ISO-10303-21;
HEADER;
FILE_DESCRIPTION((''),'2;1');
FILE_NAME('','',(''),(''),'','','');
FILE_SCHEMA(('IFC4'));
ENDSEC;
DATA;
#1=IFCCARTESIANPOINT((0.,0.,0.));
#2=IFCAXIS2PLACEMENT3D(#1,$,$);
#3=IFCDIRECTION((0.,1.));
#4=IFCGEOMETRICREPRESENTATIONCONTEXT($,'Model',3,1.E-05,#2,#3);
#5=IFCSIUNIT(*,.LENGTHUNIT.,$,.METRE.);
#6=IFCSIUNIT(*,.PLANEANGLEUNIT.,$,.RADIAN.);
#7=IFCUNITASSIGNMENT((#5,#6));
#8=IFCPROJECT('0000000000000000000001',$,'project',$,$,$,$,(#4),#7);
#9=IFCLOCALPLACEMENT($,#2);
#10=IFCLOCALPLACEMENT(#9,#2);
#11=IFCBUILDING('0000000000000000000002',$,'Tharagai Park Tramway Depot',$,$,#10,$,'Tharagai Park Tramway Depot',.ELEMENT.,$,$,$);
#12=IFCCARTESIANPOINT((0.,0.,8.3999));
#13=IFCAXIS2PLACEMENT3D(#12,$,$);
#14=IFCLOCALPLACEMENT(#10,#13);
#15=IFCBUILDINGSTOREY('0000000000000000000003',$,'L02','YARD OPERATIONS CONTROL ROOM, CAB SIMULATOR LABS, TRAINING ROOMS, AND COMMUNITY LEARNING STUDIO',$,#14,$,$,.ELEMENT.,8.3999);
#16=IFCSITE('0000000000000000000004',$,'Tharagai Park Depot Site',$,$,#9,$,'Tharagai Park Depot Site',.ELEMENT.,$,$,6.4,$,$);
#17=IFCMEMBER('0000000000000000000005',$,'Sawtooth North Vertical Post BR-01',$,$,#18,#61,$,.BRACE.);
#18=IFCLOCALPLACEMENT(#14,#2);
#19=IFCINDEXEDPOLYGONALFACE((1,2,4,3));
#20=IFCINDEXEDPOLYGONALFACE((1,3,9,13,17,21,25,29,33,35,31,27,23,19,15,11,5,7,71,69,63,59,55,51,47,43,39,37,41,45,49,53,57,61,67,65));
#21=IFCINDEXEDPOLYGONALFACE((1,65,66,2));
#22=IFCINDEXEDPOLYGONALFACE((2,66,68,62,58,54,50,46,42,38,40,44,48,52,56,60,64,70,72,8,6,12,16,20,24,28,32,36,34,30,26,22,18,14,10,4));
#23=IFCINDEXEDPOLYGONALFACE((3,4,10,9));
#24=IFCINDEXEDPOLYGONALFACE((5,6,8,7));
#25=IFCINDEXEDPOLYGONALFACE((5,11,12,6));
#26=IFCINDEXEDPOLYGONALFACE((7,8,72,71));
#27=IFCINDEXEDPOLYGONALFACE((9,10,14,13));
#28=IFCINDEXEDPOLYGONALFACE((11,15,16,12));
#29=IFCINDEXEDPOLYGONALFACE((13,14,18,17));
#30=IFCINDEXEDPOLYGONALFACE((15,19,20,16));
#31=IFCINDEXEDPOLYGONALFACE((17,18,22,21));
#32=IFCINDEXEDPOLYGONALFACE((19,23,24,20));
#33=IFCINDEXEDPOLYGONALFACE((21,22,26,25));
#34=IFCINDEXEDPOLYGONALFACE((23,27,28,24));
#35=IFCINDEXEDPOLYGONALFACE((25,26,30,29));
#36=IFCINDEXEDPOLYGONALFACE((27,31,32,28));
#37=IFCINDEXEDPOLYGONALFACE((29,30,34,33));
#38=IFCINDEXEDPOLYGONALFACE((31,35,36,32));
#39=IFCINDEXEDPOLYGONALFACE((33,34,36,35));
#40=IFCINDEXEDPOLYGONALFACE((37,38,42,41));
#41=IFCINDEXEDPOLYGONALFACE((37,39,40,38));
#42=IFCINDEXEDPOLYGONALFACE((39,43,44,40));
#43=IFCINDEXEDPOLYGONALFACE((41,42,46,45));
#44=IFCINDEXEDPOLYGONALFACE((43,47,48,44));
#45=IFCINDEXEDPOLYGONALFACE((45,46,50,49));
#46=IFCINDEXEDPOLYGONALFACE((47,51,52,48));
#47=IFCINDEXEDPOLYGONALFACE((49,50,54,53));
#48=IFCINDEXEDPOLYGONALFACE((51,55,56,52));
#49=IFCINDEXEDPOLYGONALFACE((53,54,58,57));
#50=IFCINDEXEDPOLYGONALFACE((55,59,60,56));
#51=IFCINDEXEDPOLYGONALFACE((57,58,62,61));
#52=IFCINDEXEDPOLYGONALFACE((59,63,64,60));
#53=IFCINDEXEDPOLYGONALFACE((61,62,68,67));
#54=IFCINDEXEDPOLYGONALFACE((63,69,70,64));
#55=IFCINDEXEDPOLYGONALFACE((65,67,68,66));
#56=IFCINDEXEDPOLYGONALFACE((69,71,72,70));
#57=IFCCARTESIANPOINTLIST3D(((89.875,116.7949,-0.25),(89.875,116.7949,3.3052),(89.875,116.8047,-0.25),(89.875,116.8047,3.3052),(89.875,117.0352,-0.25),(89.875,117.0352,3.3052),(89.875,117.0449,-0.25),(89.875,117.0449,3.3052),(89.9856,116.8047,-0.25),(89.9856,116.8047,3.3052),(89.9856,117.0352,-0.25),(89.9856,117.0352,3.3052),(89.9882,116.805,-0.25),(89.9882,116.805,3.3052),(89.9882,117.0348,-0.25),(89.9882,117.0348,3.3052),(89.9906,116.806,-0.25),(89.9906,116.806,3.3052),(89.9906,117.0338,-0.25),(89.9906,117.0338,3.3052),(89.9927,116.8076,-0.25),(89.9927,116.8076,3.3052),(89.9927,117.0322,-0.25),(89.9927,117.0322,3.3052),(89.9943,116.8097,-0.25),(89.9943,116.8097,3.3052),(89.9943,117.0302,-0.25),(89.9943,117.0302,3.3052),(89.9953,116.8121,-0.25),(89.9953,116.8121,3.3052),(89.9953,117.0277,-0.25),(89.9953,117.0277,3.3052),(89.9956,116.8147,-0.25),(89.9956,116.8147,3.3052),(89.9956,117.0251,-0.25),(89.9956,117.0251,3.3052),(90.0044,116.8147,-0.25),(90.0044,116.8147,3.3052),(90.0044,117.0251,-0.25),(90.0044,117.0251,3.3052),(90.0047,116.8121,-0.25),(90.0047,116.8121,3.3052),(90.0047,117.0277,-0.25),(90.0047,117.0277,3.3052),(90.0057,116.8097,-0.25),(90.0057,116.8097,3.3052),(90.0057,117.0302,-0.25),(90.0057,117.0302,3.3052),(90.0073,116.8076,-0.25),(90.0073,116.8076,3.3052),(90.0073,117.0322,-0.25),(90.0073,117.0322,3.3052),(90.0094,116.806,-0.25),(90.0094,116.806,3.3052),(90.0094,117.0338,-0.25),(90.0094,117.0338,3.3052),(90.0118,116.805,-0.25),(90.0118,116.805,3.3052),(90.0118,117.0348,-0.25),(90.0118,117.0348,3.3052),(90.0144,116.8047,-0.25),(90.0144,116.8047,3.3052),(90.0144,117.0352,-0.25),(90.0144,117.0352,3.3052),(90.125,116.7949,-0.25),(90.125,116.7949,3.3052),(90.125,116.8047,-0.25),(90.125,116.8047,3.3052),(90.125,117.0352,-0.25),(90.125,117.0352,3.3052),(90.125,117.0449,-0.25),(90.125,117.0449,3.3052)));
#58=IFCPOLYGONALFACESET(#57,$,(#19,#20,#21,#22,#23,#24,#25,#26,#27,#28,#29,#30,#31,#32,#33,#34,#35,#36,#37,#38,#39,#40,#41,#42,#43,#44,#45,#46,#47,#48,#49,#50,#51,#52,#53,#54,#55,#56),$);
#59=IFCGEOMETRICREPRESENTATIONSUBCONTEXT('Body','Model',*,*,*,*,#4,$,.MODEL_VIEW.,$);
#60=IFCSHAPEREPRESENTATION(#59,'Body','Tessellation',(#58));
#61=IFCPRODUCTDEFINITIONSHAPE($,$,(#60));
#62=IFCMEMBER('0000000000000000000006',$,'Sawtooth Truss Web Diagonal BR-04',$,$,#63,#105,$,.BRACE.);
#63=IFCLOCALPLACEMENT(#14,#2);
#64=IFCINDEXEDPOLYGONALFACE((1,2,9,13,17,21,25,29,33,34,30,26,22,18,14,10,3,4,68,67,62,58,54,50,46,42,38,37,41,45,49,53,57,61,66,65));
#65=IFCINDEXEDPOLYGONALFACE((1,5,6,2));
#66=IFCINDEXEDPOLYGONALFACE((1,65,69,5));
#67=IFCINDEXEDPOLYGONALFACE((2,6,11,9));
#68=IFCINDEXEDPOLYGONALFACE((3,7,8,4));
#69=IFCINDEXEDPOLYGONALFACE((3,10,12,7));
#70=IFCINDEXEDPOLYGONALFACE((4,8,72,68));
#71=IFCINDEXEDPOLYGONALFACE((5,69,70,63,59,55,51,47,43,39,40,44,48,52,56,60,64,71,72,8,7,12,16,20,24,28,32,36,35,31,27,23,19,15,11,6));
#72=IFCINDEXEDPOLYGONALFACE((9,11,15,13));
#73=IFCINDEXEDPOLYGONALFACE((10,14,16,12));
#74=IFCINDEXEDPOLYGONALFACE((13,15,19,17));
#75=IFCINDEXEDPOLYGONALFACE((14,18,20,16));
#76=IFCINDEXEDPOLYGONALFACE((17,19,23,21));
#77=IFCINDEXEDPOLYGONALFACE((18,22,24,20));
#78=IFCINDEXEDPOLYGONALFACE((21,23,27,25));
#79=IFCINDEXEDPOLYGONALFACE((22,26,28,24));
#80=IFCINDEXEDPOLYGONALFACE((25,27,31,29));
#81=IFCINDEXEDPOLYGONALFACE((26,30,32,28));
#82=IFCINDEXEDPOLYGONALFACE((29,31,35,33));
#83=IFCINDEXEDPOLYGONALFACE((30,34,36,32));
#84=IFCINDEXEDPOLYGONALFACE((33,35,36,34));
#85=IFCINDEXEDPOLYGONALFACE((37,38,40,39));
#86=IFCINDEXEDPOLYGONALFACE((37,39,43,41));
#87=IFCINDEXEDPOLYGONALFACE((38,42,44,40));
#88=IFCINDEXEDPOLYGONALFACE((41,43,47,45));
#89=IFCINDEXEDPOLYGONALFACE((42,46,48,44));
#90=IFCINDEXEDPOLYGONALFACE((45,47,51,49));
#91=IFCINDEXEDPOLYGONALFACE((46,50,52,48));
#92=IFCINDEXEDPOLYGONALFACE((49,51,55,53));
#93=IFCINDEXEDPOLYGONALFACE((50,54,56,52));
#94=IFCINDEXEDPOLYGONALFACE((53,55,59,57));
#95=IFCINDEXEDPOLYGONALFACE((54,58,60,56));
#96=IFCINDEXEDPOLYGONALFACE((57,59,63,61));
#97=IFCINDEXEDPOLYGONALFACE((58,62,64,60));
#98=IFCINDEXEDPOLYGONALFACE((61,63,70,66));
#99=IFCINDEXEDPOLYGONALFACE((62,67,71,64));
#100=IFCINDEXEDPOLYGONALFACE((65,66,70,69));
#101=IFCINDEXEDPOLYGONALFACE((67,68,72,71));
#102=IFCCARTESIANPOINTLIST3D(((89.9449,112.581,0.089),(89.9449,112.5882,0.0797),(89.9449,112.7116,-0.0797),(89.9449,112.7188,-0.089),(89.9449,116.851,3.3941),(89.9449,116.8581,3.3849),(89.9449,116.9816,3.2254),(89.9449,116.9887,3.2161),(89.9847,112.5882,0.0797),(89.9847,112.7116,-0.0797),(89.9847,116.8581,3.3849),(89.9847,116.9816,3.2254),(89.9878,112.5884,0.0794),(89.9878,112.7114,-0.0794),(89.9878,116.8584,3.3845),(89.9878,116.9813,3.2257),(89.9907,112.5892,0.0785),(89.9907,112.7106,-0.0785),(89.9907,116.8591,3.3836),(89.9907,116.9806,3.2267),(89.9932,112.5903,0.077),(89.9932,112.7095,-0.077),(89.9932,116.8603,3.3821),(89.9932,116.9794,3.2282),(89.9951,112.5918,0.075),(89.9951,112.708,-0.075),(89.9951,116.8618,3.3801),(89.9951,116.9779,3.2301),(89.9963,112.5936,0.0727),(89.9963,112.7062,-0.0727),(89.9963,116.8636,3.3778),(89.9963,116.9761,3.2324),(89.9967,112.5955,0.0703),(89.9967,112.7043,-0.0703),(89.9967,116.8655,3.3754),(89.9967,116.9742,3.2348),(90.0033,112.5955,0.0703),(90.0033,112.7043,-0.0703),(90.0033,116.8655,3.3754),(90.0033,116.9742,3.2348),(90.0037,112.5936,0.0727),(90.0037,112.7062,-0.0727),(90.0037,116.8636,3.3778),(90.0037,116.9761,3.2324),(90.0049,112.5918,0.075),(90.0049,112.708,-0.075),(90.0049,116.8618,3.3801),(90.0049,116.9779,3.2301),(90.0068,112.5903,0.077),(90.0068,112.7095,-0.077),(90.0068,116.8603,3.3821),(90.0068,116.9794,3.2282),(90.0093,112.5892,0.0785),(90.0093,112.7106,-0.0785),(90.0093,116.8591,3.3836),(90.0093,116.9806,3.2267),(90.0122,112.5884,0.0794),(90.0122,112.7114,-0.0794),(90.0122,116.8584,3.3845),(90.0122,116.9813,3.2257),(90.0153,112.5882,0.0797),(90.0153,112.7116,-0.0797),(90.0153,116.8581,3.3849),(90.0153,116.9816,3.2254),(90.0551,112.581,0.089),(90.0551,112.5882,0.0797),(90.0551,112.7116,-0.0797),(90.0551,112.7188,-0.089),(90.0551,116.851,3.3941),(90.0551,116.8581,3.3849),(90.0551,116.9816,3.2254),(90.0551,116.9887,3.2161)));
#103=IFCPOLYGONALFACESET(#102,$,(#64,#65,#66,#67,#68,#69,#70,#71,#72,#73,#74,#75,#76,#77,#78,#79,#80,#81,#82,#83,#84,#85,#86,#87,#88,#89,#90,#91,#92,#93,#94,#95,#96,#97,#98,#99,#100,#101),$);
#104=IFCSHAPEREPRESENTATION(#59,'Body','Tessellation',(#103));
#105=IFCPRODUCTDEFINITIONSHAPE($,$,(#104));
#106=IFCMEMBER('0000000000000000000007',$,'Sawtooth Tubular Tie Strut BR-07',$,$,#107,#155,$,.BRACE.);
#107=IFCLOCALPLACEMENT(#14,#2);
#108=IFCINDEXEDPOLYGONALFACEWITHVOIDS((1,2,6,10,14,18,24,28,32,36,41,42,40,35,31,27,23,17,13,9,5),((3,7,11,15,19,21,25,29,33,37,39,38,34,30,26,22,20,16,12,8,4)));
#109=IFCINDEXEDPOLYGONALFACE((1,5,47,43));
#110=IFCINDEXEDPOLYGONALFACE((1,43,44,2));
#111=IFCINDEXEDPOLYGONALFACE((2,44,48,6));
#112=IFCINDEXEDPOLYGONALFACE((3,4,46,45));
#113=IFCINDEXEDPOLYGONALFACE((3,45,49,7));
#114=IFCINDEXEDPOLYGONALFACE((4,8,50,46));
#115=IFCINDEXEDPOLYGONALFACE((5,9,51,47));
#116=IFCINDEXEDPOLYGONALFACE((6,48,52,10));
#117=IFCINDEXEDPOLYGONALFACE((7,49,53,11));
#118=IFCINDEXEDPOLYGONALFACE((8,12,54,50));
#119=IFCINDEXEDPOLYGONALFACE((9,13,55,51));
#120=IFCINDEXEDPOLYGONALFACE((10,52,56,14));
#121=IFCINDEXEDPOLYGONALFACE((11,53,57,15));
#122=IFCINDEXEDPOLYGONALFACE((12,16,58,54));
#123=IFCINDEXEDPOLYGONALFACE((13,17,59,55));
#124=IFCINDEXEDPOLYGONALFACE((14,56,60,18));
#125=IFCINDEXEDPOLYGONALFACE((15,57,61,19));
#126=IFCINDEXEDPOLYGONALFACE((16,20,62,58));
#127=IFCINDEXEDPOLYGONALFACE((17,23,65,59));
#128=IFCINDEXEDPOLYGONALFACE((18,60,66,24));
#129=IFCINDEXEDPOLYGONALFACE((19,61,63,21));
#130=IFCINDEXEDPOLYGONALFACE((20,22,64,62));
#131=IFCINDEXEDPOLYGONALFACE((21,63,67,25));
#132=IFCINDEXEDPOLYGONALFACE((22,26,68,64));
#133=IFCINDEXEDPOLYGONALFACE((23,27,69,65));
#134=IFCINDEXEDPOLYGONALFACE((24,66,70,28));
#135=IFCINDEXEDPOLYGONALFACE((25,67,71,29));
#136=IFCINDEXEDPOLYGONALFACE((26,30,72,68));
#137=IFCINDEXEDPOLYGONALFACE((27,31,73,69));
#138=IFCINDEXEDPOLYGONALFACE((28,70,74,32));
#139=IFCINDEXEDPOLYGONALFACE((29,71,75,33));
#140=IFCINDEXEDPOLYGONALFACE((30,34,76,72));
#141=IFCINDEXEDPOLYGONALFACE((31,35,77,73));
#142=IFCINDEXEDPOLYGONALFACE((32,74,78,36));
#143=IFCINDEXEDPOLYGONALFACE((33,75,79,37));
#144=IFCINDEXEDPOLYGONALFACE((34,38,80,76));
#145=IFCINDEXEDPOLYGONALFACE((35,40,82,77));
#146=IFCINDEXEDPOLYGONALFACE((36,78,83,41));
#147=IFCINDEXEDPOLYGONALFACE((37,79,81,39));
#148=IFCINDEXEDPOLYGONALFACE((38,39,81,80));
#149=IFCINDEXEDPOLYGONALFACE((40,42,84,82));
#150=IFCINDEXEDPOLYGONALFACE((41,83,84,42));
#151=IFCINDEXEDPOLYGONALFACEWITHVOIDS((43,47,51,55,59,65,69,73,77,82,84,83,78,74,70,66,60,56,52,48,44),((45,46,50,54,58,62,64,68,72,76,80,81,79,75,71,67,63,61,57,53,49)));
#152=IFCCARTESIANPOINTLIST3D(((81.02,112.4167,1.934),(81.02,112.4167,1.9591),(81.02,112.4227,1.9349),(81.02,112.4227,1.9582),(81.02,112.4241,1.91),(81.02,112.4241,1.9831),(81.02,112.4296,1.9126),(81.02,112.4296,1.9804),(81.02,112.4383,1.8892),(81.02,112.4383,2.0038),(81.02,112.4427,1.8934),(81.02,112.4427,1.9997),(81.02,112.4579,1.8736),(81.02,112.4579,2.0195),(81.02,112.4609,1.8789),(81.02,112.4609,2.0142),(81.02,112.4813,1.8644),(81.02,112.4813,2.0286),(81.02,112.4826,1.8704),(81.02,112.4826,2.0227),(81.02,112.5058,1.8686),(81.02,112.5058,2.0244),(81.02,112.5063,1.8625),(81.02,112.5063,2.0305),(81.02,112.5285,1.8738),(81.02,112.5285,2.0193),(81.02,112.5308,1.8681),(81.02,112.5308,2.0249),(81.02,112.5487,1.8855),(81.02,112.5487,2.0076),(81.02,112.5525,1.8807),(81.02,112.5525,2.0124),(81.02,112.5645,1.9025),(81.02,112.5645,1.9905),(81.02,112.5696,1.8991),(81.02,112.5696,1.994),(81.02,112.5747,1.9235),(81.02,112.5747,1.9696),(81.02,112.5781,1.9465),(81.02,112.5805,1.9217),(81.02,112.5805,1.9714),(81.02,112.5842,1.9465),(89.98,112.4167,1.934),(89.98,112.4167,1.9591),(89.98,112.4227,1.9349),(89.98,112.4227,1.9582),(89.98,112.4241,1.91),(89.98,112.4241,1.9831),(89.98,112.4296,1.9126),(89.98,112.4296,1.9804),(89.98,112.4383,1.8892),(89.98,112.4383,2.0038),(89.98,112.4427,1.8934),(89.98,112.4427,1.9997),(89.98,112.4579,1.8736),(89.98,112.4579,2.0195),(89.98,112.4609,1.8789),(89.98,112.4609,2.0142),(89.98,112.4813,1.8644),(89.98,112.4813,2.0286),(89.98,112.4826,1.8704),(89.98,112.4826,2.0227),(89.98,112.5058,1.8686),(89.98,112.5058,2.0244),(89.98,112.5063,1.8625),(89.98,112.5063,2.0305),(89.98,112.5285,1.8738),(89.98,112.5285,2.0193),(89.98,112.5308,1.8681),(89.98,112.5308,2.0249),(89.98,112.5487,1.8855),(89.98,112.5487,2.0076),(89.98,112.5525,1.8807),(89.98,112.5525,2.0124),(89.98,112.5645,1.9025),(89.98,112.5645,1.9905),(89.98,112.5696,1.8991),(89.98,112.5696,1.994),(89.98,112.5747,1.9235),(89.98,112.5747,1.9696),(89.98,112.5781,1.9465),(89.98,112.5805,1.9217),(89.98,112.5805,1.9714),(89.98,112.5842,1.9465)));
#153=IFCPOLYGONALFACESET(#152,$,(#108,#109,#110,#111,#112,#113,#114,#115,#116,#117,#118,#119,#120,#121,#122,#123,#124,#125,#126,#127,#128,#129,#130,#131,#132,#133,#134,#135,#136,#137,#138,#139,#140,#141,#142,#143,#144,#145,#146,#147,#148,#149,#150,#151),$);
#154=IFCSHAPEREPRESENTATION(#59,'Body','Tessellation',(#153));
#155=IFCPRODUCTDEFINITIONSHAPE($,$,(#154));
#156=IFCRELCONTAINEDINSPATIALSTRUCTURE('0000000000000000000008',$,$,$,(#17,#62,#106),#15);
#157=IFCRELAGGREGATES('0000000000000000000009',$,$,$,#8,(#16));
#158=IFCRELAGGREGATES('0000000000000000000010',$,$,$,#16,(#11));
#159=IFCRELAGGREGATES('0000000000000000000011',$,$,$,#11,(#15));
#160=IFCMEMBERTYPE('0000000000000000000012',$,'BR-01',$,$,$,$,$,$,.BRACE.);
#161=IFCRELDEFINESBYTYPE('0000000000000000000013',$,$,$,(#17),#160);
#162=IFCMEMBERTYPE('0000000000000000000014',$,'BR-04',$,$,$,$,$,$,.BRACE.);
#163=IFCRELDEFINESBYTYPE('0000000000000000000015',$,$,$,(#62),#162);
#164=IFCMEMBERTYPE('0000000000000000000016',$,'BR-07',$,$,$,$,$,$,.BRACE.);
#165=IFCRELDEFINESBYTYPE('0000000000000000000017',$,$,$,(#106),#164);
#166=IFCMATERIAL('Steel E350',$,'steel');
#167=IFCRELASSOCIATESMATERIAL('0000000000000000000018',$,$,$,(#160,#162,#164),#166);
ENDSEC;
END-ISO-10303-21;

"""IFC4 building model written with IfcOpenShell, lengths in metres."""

from ifc_helpers import new_model, si_unit, direction, frame, origin, origin_2d, place, context, subcontext, project, spatial, hollow_circle, i_section, extrude, material, material_profile, profile_set, type_object, element, save


model = new_model("IFC4")

# Units and contexts
model_context = context("Model", 3, precision=1e-05, world=origin(), true_north=direction((0.0, 1.0)))
body_context = subcontext(model_context, "Body", "Model", "MODEL_VIEW")
ifc_project = project(units=[si_unit("LENGTHUNIT", "METRE"), si_unit("PLANEANGLEUNIT", "RADIAN")], contexts=[model_context])

# Site, building, storey
site_placement = place(None, origin())
site = spatial("IfcSite", under=ifc_project, at=site_placement, Name="Tharagai Park Depot Site", LongName="Tharagai Park Depot Site", CompositionType="ELEMENT", RefElevation=6.4)
building_placement = place(site_placement, origin())
building = spatial("IfcBuilding", under=site, at=building_placement, Name="Tharagai Park Tramway Depot", LongName="Tharagai Park Tramway Depot", CompositionType="ELEMENT")
storey_placement = place(building_placement, frame((0.0, 0.0, 8.3999)))
storey = spatial("IfcBuildingStorey", under=building, at=storey_placement, Name="L02", Description="YARD OPERATIONS CONTROL ROOM, CAB SIMULATOR LABS, TRAINING ROOMS, AND COMMUNITY LEARNING STUDIO", CompositionType="ELEMENT", Elevation=8.3999)

# Members
ifc_material_1 = material(Name="Steel E350", Category="steel")
ifc_material_profile_1 = material_profile(ifc_material_1, i_section(OverallWidth=0.25, OverallDepth=0.25, WebThickness=0.0088, FlangeThickness=0.0098, FilletRadius=0.01, at=origin_2d()), Name="ISHB 250")
ifc_profile_set_1 = profile_set([ifc_material_profile_1], Name="Steel E350")
member_type_1 = type_object("IfcMemberType", Name="BR-01", PredefinedType="BRACE", material=ifc_profile_set_1)
member_1_placement = place(storey_placement, frame((90.0, 116.9199, -0.25), z_axis=(0.0, 0.0, 1.0), x_axis=(1.0, 0.0, 0.0)))
element("IfcMember", 1, at=member_1_placement, inside=storey, type_object=member_type_1, Name="Sawtooth North Vertical Post BR-01", PredefinedType="BRACE", context=body_context, shape_type="SweptSolid", body=[
    extrude(i_section(OverallWidth=0.25, OverallDepth=0.25, WebThickness=0.0088, FlangeThickness=0.0098, FilletRadius=0.01, at=origin_2d()), origin(), (0.0, 0.0, 1.0), 3.5552),
])
ifc_material_profile_2 = material_profile(ifc_material_1, i_section(OverallWidth=0.1101, OverallDepth=0.2251, WebThickness=0.0066, FlangeThickness=0.0117, FilletRadius=0.012, at=origin_2d()), Name="ISMB 225")
ifc_profile_set_2 = profile_set([ifc_material_profile_2], Name="Steel E350")
member_type_2 = type_object("IfcMemberType", Name="BR-04", PredefinedType="BRACE", material=ifc_profile_set_2)
member_2_placement = place(storey_placement, frame((90.0, 112.6499, 0.0), z_axis=(0.0, 0.790782, 0.612098), x_axis=(-1.0, 0.0, 0.0)))
element("IfcMember", 2, at=member_2_placement, inside=storey, type_object=member_type_2, Name="Sawtooth Truss Web Diagonal BR-04", PredefinedType="BRACE", context=body_context, shape_type="SweptSolid", body=[
    extrude(i_section(OverallWidth=0.1101, OverallDepth=0.2251, WebThickness=0.0066, FlangeThickness=0.0117, FilletRadius=0.012, at=origin_2d()), origin(), (0.0, 0.0, 1.0), 5.3997),
])
ifc_material_profile_3 = material_profile(ifc_material_1, hollow_circle(Radius=0.0842, WallThickness=0.0061, at=origin_2d()), Name="CHS 168.3x6")
ifc_profile_set_3 = profile_set([ifc_material_profile_3], Name="Steel E350")
member_type_3 = type_object("IfcMemberType", Name="BR-07", PredefinedType="BRACE", material=ifc_profile_set_3)
member_3_placement = place(storey_placement, frame((81.02, 112.5, 1.9465), z_axis=(1.0, 0.0, 0.0), x_axis=(0.0, 1.0, 0.0)))
element("IfcMember", 3, at=member_3_placement, inside=storey, type_object=member_type_3, Name="Sawtooth Tubular Tie Strut BR-07", PredefinedType="BRACE", context=body_context, shape_type="SweptSolid", body=[
    extrude(hollow_circle(Radius=0.0842, WallThickness=0.0061, at=origin_2d()), origin(), (0.0, 0.0, 1.0), 8.96),
])

save(model, "model.ifc")
